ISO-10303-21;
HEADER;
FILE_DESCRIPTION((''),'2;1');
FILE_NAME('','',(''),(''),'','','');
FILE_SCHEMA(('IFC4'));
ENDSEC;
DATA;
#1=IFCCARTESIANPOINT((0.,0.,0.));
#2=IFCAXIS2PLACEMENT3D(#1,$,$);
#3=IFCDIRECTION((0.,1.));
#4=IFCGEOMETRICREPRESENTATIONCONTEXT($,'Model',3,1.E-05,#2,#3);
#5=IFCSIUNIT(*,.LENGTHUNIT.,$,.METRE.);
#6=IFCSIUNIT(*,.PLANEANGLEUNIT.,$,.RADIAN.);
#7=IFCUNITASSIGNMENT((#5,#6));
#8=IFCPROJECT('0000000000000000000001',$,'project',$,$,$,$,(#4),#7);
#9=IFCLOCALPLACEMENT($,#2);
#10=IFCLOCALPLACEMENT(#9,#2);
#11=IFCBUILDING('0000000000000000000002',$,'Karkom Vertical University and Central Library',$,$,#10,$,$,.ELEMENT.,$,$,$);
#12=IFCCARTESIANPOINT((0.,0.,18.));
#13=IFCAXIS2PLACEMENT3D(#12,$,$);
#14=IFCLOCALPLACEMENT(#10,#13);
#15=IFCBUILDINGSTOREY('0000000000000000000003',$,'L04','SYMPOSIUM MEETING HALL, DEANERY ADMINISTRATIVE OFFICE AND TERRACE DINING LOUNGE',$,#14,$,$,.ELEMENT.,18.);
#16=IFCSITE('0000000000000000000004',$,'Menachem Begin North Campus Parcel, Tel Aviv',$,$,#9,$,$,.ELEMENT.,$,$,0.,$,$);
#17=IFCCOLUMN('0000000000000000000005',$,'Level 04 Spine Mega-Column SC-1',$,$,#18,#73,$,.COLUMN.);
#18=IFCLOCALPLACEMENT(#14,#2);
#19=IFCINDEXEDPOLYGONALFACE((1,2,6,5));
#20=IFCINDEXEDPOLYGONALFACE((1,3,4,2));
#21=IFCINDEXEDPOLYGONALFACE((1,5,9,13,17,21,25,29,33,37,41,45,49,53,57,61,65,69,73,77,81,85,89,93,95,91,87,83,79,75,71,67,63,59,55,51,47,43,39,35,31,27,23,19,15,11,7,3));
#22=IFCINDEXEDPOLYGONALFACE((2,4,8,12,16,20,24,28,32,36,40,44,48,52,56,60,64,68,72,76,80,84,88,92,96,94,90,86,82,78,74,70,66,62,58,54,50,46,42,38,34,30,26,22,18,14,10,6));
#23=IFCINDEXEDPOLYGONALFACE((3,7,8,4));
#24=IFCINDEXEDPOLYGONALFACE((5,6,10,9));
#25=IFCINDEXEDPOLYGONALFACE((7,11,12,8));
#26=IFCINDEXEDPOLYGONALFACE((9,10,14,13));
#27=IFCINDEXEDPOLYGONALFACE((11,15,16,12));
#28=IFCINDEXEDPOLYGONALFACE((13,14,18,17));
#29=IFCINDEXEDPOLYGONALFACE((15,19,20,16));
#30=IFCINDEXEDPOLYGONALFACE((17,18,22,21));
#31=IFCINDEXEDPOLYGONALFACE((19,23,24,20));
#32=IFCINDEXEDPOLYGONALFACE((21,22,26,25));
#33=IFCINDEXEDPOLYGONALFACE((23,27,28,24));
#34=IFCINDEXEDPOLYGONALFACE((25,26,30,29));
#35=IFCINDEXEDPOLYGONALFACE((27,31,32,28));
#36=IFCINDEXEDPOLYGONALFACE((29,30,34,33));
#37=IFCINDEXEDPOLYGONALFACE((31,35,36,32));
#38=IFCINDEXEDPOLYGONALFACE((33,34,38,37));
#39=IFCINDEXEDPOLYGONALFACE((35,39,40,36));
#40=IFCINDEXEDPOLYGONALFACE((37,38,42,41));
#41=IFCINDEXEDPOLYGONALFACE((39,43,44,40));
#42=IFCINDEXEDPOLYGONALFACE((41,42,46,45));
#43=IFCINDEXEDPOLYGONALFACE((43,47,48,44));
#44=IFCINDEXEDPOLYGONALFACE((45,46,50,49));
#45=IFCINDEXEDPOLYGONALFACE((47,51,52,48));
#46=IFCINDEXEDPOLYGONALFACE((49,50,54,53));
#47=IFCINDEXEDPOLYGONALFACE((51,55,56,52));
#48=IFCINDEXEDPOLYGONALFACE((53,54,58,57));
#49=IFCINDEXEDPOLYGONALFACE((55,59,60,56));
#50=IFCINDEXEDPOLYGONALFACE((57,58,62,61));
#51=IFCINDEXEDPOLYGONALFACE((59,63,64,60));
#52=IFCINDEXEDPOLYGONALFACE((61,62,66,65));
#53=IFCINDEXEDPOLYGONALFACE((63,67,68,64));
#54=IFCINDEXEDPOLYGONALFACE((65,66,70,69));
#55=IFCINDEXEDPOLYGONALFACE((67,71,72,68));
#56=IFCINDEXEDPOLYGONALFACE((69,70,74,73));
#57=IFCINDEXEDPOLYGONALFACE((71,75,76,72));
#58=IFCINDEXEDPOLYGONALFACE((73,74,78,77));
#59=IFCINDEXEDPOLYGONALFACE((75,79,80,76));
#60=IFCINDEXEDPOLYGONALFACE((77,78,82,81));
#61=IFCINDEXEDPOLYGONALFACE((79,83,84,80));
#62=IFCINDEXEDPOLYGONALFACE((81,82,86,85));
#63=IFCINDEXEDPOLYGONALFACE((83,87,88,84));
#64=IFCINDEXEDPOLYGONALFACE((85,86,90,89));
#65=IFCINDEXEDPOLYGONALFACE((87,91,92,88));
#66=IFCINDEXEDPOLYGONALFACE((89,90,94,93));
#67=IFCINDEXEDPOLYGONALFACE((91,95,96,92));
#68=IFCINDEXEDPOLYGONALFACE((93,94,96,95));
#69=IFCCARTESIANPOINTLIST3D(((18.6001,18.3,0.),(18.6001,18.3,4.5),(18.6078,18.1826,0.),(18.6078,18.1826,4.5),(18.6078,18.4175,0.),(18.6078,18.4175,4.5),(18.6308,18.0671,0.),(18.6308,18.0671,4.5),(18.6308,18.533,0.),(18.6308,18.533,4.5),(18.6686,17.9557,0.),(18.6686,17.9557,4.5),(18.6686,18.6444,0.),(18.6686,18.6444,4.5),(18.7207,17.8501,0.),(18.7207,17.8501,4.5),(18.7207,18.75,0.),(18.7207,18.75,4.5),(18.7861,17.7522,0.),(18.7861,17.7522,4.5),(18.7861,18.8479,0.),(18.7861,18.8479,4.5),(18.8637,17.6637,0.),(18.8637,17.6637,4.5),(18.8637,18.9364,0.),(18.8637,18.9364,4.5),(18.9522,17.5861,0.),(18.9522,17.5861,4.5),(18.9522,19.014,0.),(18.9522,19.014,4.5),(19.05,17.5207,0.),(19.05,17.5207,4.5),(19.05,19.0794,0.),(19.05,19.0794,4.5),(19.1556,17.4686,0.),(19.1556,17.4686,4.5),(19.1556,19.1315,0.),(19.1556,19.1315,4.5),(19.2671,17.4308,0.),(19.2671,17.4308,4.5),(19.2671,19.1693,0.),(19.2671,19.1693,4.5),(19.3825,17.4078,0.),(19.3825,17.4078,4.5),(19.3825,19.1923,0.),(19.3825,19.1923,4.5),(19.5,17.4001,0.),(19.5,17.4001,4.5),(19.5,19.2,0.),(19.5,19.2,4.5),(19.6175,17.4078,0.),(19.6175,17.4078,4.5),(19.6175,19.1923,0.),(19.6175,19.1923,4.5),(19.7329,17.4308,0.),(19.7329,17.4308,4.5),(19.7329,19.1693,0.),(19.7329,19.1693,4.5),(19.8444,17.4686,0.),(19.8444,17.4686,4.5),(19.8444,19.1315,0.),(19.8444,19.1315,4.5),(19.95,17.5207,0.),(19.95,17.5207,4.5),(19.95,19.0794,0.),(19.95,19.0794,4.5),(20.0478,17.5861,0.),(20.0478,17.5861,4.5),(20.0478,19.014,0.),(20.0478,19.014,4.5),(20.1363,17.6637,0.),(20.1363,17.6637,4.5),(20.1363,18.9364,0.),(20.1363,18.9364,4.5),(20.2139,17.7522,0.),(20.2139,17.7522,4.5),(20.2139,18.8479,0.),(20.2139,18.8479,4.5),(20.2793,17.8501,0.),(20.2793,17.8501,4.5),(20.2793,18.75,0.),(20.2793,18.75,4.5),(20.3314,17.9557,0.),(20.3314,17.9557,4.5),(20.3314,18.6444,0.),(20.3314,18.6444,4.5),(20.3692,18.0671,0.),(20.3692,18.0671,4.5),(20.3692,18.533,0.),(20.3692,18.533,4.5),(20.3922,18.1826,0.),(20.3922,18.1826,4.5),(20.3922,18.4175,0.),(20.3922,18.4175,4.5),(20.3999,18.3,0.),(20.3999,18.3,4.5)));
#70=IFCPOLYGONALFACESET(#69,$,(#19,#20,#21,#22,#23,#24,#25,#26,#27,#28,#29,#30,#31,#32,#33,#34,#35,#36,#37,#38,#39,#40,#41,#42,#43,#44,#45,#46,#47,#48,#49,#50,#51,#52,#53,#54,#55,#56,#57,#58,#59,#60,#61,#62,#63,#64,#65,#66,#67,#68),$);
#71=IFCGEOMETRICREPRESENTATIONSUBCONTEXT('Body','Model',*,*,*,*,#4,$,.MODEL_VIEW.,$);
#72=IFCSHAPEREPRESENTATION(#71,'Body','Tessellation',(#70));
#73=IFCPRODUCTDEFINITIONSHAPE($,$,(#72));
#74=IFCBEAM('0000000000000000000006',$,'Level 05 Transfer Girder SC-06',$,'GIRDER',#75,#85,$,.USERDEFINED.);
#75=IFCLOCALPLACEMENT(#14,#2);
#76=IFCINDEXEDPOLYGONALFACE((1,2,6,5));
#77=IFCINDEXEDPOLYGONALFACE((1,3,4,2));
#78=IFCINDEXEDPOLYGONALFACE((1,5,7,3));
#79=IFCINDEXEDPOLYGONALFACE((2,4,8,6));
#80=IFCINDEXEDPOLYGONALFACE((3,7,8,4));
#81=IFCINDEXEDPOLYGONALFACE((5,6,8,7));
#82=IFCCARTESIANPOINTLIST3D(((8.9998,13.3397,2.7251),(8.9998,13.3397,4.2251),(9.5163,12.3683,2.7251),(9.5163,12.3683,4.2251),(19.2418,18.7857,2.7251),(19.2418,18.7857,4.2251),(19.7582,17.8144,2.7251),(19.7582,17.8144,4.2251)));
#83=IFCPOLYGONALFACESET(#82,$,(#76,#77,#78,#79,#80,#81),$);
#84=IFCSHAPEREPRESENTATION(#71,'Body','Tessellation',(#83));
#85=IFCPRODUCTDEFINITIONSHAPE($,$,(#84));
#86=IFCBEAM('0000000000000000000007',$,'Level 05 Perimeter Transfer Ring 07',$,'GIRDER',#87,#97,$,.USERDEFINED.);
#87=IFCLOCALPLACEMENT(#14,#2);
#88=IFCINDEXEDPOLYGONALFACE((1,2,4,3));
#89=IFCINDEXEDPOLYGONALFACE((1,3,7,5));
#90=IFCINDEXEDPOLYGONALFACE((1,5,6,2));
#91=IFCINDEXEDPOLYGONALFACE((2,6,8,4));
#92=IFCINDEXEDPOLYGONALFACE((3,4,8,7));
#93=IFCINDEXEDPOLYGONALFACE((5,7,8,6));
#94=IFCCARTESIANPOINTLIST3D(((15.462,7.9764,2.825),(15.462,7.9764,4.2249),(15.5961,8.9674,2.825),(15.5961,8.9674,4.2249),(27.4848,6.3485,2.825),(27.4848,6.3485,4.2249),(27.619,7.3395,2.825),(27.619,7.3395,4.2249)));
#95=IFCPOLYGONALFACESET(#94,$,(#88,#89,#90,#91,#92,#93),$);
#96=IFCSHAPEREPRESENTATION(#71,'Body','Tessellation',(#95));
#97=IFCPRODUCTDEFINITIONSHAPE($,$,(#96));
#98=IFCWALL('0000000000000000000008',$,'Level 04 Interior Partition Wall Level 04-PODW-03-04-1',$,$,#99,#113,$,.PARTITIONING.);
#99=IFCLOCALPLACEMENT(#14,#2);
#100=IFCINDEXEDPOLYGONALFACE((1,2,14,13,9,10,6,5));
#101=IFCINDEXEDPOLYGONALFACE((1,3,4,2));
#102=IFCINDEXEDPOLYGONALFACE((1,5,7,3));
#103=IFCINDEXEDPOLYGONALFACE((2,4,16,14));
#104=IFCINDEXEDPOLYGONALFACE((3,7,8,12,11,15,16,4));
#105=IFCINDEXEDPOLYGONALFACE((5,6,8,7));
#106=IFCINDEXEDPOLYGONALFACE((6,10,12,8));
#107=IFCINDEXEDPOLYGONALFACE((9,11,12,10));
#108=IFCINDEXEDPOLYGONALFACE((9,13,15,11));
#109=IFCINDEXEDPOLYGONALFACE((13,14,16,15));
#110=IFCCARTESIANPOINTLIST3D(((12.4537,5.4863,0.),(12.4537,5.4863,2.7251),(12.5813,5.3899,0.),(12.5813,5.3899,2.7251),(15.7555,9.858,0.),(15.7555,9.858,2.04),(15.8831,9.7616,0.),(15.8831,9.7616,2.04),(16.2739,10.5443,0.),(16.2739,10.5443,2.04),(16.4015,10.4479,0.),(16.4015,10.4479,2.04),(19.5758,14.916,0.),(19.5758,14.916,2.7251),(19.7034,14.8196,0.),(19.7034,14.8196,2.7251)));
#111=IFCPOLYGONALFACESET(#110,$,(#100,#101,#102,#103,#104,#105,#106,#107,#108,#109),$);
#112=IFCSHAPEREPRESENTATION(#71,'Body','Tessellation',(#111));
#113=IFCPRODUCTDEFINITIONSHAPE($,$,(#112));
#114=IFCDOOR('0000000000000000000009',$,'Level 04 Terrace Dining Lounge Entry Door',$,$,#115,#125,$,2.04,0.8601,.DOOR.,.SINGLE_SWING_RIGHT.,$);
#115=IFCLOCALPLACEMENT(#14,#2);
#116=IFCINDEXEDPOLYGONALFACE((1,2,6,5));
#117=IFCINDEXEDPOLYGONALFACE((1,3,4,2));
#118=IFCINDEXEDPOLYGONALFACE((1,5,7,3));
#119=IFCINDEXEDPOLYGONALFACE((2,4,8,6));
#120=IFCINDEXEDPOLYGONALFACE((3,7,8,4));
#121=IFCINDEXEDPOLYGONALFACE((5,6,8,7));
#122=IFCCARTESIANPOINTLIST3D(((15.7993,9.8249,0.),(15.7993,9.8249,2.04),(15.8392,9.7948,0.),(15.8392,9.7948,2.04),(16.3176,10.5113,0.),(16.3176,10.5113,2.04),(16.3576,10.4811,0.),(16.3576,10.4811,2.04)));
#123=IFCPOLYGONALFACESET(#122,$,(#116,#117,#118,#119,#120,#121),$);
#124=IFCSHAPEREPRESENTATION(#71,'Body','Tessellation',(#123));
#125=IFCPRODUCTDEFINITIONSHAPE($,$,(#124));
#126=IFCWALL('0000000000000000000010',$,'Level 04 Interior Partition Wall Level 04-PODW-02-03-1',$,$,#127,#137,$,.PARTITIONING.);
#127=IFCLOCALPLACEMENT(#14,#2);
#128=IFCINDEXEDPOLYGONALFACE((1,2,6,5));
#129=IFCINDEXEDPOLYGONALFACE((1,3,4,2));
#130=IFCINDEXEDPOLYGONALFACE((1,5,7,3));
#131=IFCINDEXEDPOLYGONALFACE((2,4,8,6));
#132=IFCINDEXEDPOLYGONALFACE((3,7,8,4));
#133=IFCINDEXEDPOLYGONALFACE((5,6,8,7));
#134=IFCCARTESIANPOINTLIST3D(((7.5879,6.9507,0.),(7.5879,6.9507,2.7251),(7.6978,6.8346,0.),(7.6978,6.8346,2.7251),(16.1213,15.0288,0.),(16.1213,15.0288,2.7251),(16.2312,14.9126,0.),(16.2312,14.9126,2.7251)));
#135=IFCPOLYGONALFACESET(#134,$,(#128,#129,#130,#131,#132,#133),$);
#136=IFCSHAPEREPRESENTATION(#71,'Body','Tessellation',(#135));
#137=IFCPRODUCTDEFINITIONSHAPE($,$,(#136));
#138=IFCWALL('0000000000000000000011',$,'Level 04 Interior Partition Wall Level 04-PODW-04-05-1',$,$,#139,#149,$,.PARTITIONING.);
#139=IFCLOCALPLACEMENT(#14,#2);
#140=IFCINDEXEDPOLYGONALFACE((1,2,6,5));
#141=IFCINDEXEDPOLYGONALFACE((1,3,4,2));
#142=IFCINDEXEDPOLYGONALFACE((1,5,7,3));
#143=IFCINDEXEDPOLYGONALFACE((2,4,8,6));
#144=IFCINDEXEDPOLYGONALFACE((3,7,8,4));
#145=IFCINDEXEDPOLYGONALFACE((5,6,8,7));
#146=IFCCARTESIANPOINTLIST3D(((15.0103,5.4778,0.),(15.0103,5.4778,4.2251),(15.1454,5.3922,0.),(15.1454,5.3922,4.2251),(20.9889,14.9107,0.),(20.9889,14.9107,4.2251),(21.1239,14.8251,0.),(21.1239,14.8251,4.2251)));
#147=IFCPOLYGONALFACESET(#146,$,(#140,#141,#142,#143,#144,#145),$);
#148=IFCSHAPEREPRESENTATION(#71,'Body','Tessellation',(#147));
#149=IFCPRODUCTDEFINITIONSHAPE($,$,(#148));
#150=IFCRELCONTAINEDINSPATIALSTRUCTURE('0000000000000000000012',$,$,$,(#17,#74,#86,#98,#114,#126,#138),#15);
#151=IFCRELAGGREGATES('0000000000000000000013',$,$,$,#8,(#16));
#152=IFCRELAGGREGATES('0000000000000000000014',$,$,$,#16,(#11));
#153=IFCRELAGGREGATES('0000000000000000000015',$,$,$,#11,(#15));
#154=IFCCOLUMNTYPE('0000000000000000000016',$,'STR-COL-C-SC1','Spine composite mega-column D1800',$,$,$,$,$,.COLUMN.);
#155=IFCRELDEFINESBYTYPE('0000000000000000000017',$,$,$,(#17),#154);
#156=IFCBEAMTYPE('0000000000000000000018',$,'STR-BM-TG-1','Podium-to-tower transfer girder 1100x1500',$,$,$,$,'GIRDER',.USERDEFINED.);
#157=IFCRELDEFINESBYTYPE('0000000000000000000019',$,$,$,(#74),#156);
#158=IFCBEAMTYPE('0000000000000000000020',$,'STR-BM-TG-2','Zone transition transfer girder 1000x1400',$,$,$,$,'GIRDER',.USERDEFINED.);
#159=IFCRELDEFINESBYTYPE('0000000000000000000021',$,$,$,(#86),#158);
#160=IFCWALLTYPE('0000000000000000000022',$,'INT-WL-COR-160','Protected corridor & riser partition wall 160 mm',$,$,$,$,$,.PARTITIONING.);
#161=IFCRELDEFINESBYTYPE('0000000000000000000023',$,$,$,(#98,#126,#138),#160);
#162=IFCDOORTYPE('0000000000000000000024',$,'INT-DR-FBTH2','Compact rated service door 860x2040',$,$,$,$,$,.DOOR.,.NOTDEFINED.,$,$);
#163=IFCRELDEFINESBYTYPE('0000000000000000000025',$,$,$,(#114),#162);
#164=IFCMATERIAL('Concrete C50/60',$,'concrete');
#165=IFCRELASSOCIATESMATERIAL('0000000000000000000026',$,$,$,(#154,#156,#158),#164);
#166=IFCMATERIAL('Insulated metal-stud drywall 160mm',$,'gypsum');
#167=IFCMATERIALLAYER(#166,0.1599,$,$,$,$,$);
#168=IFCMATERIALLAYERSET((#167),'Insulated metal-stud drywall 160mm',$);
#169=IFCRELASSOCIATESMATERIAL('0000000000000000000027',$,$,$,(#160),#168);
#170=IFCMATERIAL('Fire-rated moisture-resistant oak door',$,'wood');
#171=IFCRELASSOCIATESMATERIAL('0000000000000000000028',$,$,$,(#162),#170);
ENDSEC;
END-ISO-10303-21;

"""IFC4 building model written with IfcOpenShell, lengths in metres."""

from ifc_helpers import new_model, si_unit, direction, frame, frame_2d, origin, origin_with_axes, origin_2d, place, context, subcontext, project, spatial, rectangle, circle, extrude, source, transform, mapped, material, layer, layer_set, material_profile, profile_set, type_object, element, fill, save


model = new_model("IFC4")

# Units and contexts
model_context = context("Model", 3, precision=1e-05, world=origin(), true_north=direction((0.0, 1.0)))
body_context = subcontext(model_context, "Body", "Model", "MODEL_VIEW")
ifc_project = project(units=[si_unit("LENGTHUNIT", "METRE"), si_unit("PLANEANGLEUNIT", "RADIAN")], contexts=[model_context])

# Site, building, storey
site_placement = place(None, origin())
site = spatial("IfcSite", under=ifc_project, at=site_placement, Name="Menachem Begin North Campus Parcel, Tel Aviv", CompositionType="ELEMENT", RefElevation=0.0)
building_placement = place(site_placement, origin())
building = spatial("IfcBuilding", under=site, at=building_placement, Name="Karkom Vertical University and Central Library", CompositionType="ELEMENT")
storey_placement = place(building_placement, frame((0.0, 0.0, 18.0)))
storey = spatial("IfcBuildingStorey", under=building, at=storey_placement, Name="L04", Description="SYMPOSIUM MEETING HALL, DEANERY ADMINISTRATIVE OFFICE AND TERRACE DINING LOUNGE", CompositionType="ELEMENT", Elevation=18.0)

# Column
ifc_material_1 = material(Name="Concrete C50/60", Category="concrete")
ifc_material_profile_1 = material_profile(ifc_material_1, circle(Radius=0.8999, at=origin_2d()), Name="CFT-D1800")
ifc_profile_set_1 = profile_set([ifc_material_profile_1], Name="Concrete C50/60")
column_type = type_object("IfcColumnType", Name="STR-COL-C-SC1", Description="Spine composite mega-column D1800", PredefinedType="COLUMN", material=ifc_profile_set_1)
shared_shape_1 = source(origin_with_axes(), body_context, "Body", "SweptSolid", [
    extrude(circle(Radius=0.8999, at=origin_2d()), origin(), (0.0, 0.0, 1.0), 4.5),
])
column_placement = place(storey_placement, frame((19.5, 18.3, 0.0), z_axis=(0.0, 0.0, 1.0), x_axis=(1.0, 0.0, 0.0)))
element("IfcColumn", 1, at=column_placement, inside=storey, type_object=column_type, Name="Level 04 Spine Mega-Column SC-1", PredefinedType="COLUMN", context=body_context, shape_type="MappedRepresentation", body=[
    mapped(shared_shape_1, transform((0.0, 0.0, 0.0), scale=1.0)),
])

# Beams
ifc_material_profile_2 = material_profile(ifc_material_1, rectangle(XDim=1.1001, YDim=1.5, at=origin_2d()), Name="TG-1100x1500")
ifc_profile_set_2 = profile_set([ifc_material_profile_2], Name="Concrete C50/60")
beam_type_1 = type_object("IfcBeamType", Name="STR-BM-TG-1", Description="Podium-to-tower transfer girder 1100x1500", ElementType="GIRDER", PredefinedType="USERDEFINED", material=ifc_profile_set_2)
shared_shape_2 = source(origin_with_axes(), body_context, "Body", "SweptSolid", [
    extrude(rectangle(XDim=1.1001, YDim=1.5, at=origin_2d()), origin(), (0.0, 0.0, 1.0), 11.5999),
])
beam_1_placement = place(storey_placement, frame((19.5, 18.3, 3.4751), z_axis=(-0.882937, -0.469492, 0.0), x_axis=(0.469492, -0.882937, 0.0)))
element("IfcBeam", 2, at=beam_1_placement, inside=storey, type_object=beam_type_1, Name="Level 05 Transfer Girder SC-06", ObjectType="GIRDER", PredefinedType="USERDEFINED", context=body_context, shape_type="MappedRepresentation", body=[
    mapped(shared_shape_2, transform((0.0, 0.0, 0.0), scale=1.0)),
])
ifc_material_profile_3 = material_profile(ifc_material_1, rectangle(XDim=1.0, YDim=1.3999, at=origin_2d()), Name="TG-1000x1400")
ifc_profile_set_3 = profile_set([ifc_material_profile_3], Name="Concrete C50/60")
beam_type_2 = type_object("IfcBeamType", Name="STR-BM-TG-2", Description="Zone transition transfer girder 1000x1400", ElementType="GIRDER", PredefinedType="USERDEFINED", material=ifc_profile_set_3)
shared_shape_3 = source(origin_with_axes(), body_context, "Body", "SweptSolid", [
    extrude(rectangle(XDim=1.0, YDim=1.3999, at=origin_2d()), origin(), (0.0, 0.0, 1.0), 12.1326),
])
beam_2_placement = place(storey_placement, frame((15.5291, 8.4719, 3.5249), z_axis=(0.990957, -0.134177, 0.0), x_axis=(0.134177, 0.990957, 0.0)))
element("IfcBeam", 3, at=beam_2_placement, inside=storey, type_object=beam_type_2, Name="Level 05 Perimeter Transfer Ring 07", ObjectType="GIRDER", PredefinedType="USERDEFINED", context=body_context, shape_type="MappedRepresentation", body=[
    mapped(shared_shape_3, transform((0.0, 0.0, 0.0), scale=1.0)),
])

# Wall, opening, door
ifc_material_2 = material(Name="Insulated metal-stud drywall 160mm", Category="gypsum")
ifc_layer_1 = layer(ifc_material_2, 0.1599)
ifc_layer_set_1 = layer_set([ifc_layer_1], Name="Insulated metal-stud drywall 160mm")
wall_type_1 = type_object("IfcWallType", Name="INT-WL-COR-160", Description="Protected corridor & riser partition wall 160 mm", PredefinedType="PARTITIONING", material=ifc_layer_set_1)
wall_1_placement = place(storey_placement, frame((19.6396, 14.8679, 0.0), z_axis=(0.0, 0.0, 1.0), x_axis=(-0.602694, -0.797972, 0.0)))
wall_1 = element("IfcWall", 4, at=wall_1_placement, inside=storey, type_object=wall_type_1, Name="Level 04 Interior Partition Wall Level 04-PODW-03-04-1", PredefinedType="PARTITIONING", context=body_context, shape_type="SweptSolid", body=[
    extrude(rectangle(XDim=11.8171, YDim=0.1599, at=frame_2d((5.9087, 0.0))), origin(), (0.0, 0.0, 1.0), 2.7251),
])
opening_1_placement = place(wall_1_placement, frame((5.4785, 0.0, 0.0)))
opening_1 = element("IfcOpeningElement", 5, at=opening_1_placement, cuts=wall_1, PredefinedType="OPENING", context=body_context, shape_type="SweptSolid", body=[
    extrude(rectangle(XDim=0.8601, YDim=2.04, at=frame_2d((0.4302, 1.02))), frame((0.0, 0.0898, 0.0), z_axis=(0.0, -1.0, 0.0), x_axis=(1.0, 0.0, 0.0)), (0.0, 0.0, 1.0), 0.1799),
])
ifc_material_3 = material(Name="Fire-rated moisture-resistant oak door", Category="wood")
door_type_1 = type_object("IfcDoorType", Name="INT-DR-FBTH2", Description="Compact rated service door 860x2040", OperationType="NOTDEFINED", PredefinedType="DOOR", material=ifc_material_3)
shared_shape_4 = source(origin_with_axes(), body_context, "Body", "SweptSolid", [
    extrude(rectangle(XDim=0.8601, YDim=2.04, at=frame_2d((0.4302, 1.02))), frame((0.0, 0.0249, 0.0), z_axis=(0.0, -1.0, 0.0), x_axis=(1.0, 0.0, 0.0)), (0.0, 0.0, 1.0), 0.05),
])
door_1_placement = place(opening_1_placement, origin())
door_1 = element("IfcDoor", 6, at=door_1_placement, inside=storey, type_object=door_type_1, Name="Level 04 Terrace Dining Lounge Entry Door", OperationType="SINGLE_SWING_RIGHT", OverallHeight=2.04, OverallWidth=0.8601, PredefinedType="DOOR", context=body_context, shape_type="MappedRepresentation", body=[
    mapped(shared_shape_4, transform((0.0, 0.0, 0.0), scale=1.0)),
])
fill(opening_1, door_1)

# Walls
wall_2_placement = place(storey_placement, frame((16.1763, 14.9707, 0.0), z_axis=(0.0, 0.0, 1.0), x_axis=(-0.726216, -0.687467, 0.0)))
element("IfcWall", 7, at=wall_2_placement, inside=storey, type_object=wall_type_1, Name="Level 04 Interior Partition Wall Level 04-PODW-02-03-1", PredefinedType="PARTITIONING", context=body_context, shape_type="SweptSolid", body=[
    extrude(rectangle(XDim=11.7505, YDim=0.1599, at=frame_2d((5.8752, 0.0))), origin(), (0.0, 0.0, 1.0), 2.7251),
])
wall_3_placement = place(storey_placement, frame((21.0564, 14.8679, 0.0), z_axis=(0.0, 0.0, 1.0), x_axis=(-0.535331, -0.844642, 0.0)))
element("IfcWall", 8, at=wall_3_placement, inside=storey, type_object=wall_type_1, Name="Level 04 Interior Partition Wall Level 04-PODW-04-05-1", PredefinedType="PARTITIONING", context=body_context, shape_type="SweptSolid", body=[
    extrude(rectangle(XDim=11.168, YDim=0.1599, at=frame_2d((5.584, 0.0))), origin(), (0.0, 0.0, 1.0), 4.2251),
])

save(model, "model.ifc")
